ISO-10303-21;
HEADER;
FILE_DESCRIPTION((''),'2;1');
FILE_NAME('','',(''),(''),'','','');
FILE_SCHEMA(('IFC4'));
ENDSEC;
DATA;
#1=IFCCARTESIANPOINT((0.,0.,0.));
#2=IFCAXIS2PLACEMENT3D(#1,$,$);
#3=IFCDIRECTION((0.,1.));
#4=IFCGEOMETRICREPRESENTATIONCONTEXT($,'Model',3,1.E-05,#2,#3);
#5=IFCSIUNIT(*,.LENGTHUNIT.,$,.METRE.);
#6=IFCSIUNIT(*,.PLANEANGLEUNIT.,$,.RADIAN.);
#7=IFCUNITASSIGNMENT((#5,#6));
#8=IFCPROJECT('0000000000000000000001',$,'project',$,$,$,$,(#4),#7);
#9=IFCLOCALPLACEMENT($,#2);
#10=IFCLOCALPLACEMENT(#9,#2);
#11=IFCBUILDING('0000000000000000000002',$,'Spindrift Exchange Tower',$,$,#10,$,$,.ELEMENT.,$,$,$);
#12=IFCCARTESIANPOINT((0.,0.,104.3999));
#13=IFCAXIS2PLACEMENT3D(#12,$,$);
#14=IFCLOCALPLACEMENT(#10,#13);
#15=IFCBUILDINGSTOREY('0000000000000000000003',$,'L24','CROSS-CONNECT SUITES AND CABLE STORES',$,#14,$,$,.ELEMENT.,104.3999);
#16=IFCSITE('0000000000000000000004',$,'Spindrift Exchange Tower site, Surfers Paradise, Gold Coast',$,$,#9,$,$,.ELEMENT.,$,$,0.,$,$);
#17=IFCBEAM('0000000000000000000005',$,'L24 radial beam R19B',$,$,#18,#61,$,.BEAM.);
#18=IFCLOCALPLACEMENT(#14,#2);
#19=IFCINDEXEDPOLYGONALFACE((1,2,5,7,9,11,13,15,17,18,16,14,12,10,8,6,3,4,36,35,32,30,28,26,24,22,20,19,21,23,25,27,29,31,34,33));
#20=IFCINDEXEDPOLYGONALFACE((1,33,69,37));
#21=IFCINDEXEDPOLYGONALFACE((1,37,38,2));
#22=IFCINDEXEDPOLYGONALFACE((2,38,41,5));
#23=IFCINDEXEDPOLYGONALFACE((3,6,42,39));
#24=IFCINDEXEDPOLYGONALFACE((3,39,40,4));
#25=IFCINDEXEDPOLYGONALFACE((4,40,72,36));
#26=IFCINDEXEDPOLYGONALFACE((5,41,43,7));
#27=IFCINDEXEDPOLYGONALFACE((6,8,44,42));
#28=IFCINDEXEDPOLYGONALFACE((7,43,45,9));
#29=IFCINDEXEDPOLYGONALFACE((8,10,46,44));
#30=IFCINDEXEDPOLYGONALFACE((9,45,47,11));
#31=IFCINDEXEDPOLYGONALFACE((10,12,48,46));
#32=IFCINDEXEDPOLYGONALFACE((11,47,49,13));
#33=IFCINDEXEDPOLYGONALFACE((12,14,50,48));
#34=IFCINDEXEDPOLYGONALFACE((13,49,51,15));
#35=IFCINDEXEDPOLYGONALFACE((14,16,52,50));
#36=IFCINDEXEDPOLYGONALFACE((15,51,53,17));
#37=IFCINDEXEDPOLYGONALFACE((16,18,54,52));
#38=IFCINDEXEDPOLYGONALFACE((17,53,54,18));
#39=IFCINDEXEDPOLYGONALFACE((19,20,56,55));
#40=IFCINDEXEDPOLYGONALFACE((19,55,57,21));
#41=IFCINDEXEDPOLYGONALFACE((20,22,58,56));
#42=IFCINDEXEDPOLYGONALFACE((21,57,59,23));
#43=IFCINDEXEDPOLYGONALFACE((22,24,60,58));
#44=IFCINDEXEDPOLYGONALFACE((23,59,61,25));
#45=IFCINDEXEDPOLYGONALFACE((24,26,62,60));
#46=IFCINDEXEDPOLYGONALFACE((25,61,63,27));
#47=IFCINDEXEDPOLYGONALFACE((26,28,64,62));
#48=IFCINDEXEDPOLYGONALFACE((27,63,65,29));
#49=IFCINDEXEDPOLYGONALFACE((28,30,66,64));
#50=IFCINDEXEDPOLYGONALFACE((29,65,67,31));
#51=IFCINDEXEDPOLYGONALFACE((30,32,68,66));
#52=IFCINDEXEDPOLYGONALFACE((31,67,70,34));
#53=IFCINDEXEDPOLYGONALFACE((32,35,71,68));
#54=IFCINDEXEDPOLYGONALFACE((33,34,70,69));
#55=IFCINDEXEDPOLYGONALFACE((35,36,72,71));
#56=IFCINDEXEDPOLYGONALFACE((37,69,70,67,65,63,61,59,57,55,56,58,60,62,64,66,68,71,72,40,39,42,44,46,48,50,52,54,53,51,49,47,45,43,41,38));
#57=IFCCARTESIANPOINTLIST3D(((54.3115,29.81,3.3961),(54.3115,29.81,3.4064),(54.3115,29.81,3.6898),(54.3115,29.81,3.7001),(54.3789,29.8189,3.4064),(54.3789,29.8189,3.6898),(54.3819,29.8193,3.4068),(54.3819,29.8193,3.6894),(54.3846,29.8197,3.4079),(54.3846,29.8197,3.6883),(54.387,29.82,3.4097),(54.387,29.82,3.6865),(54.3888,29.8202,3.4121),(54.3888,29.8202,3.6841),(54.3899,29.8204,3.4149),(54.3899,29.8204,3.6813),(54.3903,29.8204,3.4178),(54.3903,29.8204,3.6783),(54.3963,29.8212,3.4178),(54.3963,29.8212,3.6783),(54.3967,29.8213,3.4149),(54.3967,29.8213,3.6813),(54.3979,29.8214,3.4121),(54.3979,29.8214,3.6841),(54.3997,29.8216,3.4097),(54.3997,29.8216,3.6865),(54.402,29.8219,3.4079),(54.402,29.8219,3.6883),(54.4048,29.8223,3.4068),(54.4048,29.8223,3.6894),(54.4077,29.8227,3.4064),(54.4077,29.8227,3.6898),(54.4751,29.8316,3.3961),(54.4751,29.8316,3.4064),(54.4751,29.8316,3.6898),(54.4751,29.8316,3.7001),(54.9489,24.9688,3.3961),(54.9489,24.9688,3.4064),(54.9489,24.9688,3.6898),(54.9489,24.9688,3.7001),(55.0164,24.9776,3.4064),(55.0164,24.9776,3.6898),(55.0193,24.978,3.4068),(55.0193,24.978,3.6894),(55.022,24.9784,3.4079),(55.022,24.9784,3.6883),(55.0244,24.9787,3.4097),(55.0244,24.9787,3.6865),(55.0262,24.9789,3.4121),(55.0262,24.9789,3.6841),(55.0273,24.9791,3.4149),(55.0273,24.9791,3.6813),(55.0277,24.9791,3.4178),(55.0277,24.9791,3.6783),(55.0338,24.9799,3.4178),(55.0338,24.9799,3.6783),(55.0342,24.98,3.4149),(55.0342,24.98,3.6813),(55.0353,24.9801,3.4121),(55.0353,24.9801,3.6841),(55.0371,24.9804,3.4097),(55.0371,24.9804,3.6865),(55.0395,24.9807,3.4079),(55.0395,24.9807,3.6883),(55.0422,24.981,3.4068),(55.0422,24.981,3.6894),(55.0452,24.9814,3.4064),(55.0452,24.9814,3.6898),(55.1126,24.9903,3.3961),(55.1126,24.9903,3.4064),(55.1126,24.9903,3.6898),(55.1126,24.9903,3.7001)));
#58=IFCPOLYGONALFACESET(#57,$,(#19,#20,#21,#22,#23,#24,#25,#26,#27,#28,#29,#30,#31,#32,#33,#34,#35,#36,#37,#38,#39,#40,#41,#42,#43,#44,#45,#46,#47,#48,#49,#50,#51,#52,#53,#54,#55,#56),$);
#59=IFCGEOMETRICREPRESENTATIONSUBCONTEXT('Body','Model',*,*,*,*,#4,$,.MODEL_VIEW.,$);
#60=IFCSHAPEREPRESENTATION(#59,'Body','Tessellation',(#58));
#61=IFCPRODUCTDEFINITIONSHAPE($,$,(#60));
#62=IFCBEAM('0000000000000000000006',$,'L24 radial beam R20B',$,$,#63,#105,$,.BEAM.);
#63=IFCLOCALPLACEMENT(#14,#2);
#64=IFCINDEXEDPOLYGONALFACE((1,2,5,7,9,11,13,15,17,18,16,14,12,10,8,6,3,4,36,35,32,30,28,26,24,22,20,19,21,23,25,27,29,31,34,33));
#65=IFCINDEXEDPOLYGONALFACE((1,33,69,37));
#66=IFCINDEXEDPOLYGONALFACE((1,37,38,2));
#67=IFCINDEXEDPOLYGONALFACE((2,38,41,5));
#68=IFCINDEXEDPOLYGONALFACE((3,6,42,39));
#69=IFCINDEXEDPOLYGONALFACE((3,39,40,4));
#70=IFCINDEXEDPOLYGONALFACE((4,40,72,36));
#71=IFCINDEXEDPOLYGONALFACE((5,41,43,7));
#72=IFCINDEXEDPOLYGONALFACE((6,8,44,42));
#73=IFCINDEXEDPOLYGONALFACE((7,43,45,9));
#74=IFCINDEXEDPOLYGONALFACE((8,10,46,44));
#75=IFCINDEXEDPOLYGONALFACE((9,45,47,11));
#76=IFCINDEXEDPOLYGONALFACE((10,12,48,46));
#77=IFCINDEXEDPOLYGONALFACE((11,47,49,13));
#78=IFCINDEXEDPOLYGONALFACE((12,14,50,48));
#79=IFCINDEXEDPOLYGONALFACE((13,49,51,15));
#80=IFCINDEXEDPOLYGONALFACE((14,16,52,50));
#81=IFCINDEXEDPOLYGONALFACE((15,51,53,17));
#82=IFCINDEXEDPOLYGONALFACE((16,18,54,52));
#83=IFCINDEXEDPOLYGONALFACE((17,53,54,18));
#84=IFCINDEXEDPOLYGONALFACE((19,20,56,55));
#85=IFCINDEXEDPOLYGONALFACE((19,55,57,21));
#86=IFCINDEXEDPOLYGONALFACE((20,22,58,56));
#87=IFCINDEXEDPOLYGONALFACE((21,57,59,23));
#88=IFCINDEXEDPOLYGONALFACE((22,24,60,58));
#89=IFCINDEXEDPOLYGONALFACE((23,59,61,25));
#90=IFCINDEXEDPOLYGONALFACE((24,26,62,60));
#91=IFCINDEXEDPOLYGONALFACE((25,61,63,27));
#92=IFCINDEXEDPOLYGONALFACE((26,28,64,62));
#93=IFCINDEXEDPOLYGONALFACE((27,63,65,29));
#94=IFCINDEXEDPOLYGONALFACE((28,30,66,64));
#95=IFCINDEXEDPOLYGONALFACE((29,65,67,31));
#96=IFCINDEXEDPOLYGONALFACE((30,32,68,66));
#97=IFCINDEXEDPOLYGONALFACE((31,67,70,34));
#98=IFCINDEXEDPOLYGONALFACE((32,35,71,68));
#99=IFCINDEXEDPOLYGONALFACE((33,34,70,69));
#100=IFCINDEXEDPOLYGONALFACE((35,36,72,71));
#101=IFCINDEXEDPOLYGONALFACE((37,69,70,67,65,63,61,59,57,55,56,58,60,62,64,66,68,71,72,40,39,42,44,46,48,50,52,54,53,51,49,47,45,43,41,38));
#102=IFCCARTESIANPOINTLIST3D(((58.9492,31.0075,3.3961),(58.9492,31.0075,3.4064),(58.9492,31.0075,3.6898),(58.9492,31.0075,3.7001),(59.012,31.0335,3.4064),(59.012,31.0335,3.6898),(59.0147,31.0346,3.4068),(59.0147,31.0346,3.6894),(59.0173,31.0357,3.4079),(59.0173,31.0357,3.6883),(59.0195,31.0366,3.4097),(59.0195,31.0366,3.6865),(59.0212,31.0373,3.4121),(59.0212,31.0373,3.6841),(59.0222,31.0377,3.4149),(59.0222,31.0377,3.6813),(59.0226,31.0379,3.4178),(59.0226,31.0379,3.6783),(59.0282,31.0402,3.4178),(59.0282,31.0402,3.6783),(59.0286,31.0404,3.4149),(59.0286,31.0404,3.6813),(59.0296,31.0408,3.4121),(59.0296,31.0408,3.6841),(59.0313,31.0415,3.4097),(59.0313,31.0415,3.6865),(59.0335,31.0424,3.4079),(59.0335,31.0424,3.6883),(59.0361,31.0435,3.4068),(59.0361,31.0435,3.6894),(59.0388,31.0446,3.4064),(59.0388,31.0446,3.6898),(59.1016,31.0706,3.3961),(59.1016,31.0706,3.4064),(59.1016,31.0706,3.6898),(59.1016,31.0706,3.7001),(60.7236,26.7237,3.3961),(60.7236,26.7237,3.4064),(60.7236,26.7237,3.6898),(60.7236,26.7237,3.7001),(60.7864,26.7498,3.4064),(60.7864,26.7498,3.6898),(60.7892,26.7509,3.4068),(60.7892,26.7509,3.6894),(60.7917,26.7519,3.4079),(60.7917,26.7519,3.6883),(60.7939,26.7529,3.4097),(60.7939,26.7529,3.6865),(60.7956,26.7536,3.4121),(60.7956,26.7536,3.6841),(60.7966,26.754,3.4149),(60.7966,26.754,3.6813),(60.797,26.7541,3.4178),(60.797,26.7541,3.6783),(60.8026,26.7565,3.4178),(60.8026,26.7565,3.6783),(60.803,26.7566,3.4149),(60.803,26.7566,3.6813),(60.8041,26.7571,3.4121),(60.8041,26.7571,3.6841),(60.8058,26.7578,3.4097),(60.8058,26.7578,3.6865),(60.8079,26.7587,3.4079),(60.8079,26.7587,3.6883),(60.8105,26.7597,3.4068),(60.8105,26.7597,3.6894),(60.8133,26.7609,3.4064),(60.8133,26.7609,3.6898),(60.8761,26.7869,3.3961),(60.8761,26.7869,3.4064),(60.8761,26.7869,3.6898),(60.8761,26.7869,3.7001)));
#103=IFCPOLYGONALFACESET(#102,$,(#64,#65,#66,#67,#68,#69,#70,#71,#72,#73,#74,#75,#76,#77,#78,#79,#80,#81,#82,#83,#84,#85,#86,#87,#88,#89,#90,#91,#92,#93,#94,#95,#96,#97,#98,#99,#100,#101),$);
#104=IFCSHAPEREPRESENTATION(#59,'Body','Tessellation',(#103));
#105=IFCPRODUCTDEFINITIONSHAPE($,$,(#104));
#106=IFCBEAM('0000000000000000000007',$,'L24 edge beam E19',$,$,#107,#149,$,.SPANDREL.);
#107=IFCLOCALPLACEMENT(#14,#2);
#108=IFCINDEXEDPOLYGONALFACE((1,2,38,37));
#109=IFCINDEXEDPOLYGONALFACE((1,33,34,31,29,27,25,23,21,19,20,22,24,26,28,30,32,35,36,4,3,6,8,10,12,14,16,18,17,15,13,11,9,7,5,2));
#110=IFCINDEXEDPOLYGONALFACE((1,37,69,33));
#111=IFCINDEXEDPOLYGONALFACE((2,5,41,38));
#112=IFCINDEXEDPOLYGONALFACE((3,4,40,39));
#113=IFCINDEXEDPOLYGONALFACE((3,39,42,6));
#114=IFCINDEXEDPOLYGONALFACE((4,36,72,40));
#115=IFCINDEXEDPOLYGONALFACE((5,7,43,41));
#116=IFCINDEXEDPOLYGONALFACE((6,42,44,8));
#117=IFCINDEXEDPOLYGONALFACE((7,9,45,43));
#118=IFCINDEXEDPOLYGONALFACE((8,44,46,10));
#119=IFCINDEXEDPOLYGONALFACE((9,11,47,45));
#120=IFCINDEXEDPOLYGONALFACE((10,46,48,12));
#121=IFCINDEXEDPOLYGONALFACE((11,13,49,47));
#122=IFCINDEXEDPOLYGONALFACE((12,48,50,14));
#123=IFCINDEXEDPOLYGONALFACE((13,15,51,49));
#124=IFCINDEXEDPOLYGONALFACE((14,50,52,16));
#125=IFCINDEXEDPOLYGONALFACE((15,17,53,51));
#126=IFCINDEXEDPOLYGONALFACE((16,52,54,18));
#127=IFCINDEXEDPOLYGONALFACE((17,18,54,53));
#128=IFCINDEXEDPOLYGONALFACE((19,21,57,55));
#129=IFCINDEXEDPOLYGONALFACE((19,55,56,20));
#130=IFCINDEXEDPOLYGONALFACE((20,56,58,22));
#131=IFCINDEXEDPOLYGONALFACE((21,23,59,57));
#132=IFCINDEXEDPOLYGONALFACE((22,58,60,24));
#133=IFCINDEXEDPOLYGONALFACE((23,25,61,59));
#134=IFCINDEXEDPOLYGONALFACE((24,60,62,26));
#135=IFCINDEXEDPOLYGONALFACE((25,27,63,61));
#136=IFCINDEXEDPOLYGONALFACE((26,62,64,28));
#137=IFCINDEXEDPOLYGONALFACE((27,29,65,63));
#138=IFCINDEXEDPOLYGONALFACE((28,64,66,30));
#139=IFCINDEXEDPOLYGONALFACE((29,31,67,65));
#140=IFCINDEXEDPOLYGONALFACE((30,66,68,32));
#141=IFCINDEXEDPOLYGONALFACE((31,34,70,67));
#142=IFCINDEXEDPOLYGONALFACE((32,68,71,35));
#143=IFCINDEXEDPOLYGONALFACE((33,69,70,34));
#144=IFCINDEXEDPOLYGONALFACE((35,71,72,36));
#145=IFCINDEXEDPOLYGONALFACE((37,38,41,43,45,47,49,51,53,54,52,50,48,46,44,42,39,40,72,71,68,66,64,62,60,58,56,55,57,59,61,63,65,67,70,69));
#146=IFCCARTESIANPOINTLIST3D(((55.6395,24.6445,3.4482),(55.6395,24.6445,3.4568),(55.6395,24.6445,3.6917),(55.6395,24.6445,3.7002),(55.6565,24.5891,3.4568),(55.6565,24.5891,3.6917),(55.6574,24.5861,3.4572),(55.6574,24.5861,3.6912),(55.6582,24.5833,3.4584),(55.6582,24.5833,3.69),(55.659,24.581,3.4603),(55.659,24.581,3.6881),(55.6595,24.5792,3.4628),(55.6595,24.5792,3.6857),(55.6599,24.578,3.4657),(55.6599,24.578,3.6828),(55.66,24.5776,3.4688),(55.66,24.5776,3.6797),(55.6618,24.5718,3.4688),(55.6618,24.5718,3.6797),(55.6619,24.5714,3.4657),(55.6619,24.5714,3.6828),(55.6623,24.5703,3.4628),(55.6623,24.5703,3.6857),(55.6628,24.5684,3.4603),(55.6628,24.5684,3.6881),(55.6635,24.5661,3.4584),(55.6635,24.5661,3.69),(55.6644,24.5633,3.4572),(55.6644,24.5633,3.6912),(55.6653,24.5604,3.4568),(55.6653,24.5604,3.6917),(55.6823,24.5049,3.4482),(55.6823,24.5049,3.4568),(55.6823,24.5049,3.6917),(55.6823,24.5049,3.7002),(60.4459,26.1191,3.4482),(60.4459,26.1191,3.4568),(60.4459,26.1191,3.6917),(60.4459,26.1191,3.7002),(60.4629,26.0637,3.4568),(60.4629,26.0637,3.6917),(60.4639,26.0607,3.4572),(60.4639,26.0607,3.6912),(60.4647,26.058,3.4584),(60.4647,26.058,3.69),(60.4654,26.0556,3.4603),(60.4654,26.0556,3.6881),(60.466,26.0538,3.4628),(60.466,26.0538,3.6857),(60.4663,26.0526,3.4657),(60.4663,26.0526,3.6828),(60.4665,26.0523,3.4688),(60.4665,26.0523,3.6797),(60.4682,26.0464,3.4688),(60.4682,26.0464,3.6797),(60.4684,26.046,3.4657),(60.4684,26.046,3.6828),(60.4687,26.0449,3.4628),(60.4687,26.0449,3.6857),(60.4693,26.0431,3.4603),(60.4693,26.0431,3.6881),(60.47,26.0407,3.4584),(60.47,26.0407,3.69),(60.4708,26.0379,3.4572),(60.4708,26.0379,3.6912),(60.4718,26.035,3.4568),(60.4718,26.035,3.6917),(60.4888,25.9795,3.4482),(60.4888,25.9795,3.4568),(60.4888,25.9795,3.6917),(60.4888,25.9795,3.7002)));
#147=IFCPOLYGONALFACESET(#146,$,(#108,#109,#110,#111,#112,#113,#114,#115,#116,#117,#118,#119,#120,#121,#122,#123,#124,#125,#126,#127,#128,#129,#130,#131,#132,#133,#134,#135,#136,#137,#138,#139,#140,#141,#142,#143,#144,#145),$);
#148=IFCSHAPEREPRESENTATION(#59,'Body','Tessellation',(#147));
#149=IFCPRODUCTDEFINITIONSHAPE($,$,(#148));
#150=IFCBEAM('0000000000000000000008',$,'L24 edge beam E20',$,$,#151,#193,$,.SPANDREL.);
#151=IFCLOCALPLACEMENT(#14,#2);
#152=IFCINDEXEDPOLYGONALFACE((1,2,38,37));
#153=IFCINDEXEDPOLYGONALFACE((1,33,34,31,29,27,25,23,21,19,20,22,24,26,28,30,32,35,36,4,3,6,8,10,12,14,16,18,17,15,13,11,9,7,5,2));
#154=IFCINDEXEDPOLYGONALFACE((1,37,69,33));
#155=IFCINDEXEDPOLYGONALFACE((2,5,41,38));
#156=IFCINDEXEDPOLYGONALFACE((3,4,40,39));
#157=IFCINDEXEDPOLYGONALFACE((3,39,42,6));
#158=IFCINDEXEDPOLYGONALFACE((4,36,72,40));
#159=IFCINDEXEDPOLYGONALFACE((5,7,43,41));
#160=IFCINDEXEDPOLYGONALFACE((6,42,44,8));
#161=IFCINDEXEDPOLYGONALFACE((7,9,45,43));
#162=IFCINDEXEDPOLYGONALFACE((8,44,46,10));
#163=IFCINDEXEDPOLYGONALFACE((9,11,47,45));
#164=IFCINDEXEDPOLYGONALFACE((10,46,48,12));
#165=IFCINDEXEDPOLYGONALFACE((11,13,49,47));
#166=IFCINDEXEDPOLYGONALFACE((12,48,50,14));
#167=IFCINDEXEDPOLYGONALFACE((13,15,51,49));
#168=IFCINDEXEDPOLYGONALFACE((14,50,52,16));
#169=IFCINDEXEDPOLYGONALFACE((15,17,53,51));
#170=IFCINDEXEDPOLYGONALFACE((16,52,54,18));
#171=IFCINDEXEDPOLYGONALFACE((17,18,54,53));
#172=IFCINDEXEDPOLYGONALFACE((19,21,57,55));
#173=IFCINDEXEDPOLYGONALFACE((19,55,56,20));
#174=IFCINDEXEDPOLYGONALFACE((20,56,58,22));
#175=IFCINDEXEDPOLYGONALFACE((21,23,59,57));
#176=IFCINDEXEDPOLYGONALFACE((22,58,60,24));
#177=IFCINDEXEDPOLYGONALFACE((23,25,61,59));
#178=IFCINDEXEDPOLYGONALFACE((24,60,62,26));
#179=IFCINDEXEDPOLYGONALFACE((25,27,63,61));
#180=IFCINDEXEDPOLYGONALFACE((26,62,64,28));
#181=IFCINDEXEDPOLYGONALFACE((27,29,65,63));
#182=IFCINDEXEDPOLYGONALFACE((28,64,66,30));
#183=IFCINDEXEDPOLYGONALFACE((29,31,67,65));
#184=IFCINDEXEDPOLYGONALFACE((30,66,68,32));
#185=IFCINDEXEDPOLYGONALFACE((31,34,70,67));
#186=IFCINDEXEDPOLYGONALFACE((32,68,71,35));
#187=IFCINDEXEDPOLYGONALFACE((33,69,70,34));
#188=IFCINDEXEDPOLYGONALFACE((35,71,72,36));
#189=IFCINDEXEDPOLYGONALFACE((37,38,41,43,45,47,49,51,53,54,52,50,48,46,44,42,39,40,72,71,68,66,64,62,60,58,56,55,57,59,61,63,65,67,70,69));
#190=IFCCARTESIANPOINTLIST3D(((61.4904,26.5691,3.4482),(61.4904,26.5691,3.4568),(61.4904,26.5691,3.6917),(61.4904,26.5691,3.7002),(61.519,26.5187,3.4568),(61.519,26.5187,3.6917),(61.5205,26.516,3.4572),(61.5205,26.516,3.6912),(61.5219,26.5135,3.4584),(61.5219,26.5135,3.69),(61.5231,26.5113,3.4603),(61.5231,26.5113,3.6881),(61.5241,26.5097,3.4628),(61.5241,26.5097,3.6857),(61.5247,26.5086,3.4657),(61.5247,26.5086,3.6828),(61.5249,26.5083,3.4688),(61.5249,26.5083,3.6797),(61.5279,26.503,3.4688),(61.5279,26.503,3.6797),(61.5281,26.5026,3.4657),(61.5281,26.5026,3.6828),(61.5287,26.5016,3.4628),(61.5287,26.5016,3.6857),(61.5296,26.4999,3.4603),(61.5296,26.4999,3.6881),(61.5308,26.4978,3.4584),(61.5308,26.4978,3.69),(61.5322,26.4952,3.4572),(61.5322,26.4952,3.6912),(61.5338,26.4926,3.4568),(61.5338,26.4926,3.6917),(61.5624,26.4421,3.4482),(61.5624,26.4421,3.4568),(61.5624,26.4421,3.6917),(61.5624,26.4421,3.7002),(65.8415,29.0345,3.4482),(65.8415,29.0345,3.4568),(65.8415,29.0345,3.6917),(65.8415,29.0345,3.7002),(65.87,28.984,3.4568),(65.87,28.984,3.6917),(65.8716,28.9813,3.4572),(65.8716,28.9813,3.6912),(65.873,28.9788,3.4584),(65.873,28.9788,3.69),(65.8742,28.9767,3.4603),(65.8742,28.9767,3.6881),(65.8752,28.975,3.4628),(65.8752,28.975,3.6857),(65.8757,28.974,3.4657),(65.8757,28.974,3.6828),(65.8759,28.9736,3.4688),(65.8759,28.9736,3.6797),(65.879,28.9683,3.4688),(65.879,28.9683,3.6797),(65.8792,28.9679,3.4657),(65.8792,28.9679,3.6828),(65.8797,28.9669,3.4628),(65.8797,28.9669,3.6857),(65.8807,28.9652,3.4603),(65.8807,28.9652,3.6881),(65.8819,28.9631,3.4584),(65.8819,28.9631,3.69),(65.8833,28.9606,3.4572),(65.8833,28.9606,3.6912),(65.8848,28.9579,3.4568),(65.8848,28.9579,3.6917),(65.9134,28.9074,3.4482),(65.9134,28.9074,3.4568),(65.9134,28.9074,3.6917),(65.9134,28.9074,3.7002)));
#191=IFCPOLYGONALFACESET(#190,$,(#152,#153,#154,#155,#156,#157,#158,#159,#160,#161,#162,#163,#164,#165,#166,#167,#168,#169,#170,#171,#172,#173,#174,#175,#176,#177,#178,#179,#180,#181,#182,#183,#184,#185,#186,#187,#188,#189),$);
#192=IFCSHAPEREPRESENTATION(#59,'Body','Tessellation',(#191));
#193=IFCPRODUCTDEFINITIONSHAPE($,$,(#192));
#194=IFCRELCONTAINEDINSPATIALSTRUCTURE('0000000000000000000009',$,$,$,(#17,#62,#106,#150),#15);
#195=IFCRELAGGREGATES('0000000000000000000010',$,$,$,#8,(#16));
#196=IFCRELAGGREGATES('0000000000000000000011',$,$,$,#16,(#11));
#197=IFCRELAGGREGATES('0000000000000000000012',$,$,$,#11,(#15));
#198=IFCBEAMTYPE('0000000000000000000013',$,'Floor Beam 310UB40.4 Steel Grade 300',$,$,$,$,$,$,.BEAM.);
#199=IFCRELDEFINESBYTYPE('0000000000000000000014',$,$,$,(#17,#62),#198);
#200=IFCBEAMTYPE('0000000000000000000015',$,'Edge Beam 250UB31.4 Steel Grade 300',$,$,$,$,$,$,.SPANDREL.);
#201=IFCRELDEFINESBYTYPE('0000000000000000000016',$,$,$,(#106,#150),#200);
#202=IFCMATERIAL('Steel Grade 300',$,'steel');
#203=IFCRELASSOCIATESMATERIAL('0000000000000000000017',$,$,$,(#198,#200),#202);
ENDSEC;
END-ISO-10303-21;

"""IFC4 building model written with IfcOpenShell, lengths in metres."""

from ifc_helpers import new_model, si_unit, direction, frame, origin, origin_2d, place, context, subcontext, project, spatial, i_section, extrude, source, transform, mapped, material, material_profile, profile_set, type_object, element, save


model = new_model("IFC4")

# Units and contexts
model_context = context("Model", 3, precision=1e-05, world=origin(), true_north=direction((0.0, 1.0)))
body_context = subcontext(model_context, "Body", "Model", "MODEL_VIEW")
ifc_project = project(units=[si_unit("LENGTHUNIT", "METRE"), si_unit("PLANEANGLEUNIT", "RADIAN")], contexts=[model_context])

# Site, building, storey
site_placement = place(None, origin())
site = spatial("IfcSite", under=ifc_project, at=site_placement, Name="Spindrift Exchange Tower site, Surfers Paradise, Gold Coast", CompositionType="ELEMENT", RefElevation=0.0)
building_placement = place(site_placement, origin())
building = spatial("IfcBuilding", under=site, at=building_placement, Name="Spindrift Exchange Tower", CompositionType="ELEMENT")
storey_placement = place(building_placement, frame((0.0, 0.0, 104.3999)))
storey = spatial("IfcBuildingStorey", under=building, at=storey_placement, Name="L24", Description="CROSS-CONNECT SUITES AND CABLE STORES", CompositionType="ELEMENT", Elevation=104.3999)

# Beams
ifc_material_1 = material(Name="Steel Grade 300", Category="steel")
ifc_material_profile_1 = material_profile(ifc_material_1, i_section(OverallWidth=0.165, OverallDepth=0.304, WebThickness=0.0061, FlangeThickness=0.0103, FilletRadius=0.0115, at=origin_2d()), Name="310UB40.4")
ifc_profile_set_1 = profile_set([ifc_material_profile_1], Name="Steel Grade 300")
beam_type_1 = type_object("IfcBeamType", Name="Floor Beam 310UB40.4 Steel Grade 300", PredefinedType="BEAM", material=ifc_profile_set_1)
shared_shape_1 = source(origin(), body_context, "Body", "SweptSolid", [
    extrude(i_section(OverallWidth=0.165, OverallDepth=0.304, WebThickness=0.0061, FlangeThickness=0.0103, FilletRadius=0.0115, at=origin_2d()), origin(), (0.0, 0.0, 1.0), 4.8831),
])
beam_1_placement = place(storey_placement, frame((54.3933, 29.8208, 3.5481), z_axis=(0.130542, -0.991443, 0.0), x_axis=(0.991443, 0.130542, 0.0)))
element("IfcBeam", 1, at=beam_1_placement, inside=storey, type_object=beam_type_1, Name="L24 radial beam R19B", PredefinedType="BEAM", context=body_context, shape_type="MappedRepresentation", body=[
    mapped(shared_shape_1, transform((0.0, 0.0, 0.0), scale=1.0)),
])
shared_shape_2 = source(origin(), body_context, "Body", "SweptSolid", [
    extrude(i_section(OverallWidth=0.165, OverallDepth=0.304, WebThickness=0.0061, FlangeThickness=0.0103, FilletRadius=0.0115, at=origin_2d()), origin(), (0.0, 0.0, 1.0), 4.6367),
])
beam_2_placement = place(storey_placement, frame((59.0254, 31.0391, 3.5481), z_axis=(0.382693, -0.923876, 0.0), x_axis=(0.923876, 0.382693, 0.0)))
element("IfcBeam", 2, at=beam_2_placement, inside=storey, type_object=beam_type_1, Name="L24 radial beam R20B", PredefinedType="BEAM", context=body_context, shape_type="MappedRepresentation", body=[
    mapped(shared_shape_2, transform((0.0, 0.0, 0.0), scale=1.0)),
])
ifc_material_profile_2 = material_profile(ifc_material_1, i_section(OverallWidth=0.146, OverallDepth=0.252, WebThickness=0.0061, FlangeThickness=0.0085, FilletRadius=0.012, at=origin_2d()), Name="250UB31.4")
ifc_profile_set_2 = profile_set([ifc_material_profile_2], Name="Steel Grade 300")
beam_type_2 = type_object("IfcBeamType", Name="Edge Beam 250UB31.4 Steel Grade 300", PredefinedType="SPANDREL", material=ifc_profile_set_2)
shared_shape_3 = source(origin(), body_context, "Body", "SweptSolid", [
    extrude(i_section(OverallWidth=0.146, OverallDepth=0.252, WebThickness=0.0061, FlangeThickness=0.0085, FilletRadius=0.012, at=origin_2d()), origin(), (0.0, 0.0, 1.0), 5.0276),
])
beam_3_placement = place(storey_placement, frame((55.6609, 24.5747, 3.5742), z_axis=(0.956018, 0.293308, 0.0), x_axis=(-0.293308, 0.956018, 0.0)))
element("IfcBeam", 3, at=beam_3_placement, inside=storey, type_object=beam_type_2, Name="L24 edge beam E19", PredefinedType="SPANDREL", context=body_context, shape_type="MappedRepresentation", body=[
    mapped(shared_shape_3, transform((0.0, 0.0, 0.0), scale=1.0)),
])
shared_shape_4 = source(origin(), body_context, "Body", "SweptSolid", [
    extrude(i_section(OverallWidth=0.146, OverallDepth=0.252, WebThickness=0.0061, FlangeThickness=0.0085, FilletRadius=0.012, at=origin_2d()), origin(), (0.0, 0.0, 1.0), 5.001),
])
beam_4_placement = place(storey_placement, frame((61.5264, 26.5056, 3.5742), z_axis=(0.870046, 0.492971, 0.0), x_axis=(-0.492971, 0.870046, 0.0)))
element("IfcBeam", 4, at=beam_4_placement, inside=storey, type_object=beam_type_2, Name="L24 edge beam E20", PredefinedType="SPANDREL", context=body_context, shape_type="MappedRepresentation", body=[
    mapped(shared_shape_4, transform((0.0, 0.0, 0.0), scale=1.0)),
])

save(model, "model.ifc")
